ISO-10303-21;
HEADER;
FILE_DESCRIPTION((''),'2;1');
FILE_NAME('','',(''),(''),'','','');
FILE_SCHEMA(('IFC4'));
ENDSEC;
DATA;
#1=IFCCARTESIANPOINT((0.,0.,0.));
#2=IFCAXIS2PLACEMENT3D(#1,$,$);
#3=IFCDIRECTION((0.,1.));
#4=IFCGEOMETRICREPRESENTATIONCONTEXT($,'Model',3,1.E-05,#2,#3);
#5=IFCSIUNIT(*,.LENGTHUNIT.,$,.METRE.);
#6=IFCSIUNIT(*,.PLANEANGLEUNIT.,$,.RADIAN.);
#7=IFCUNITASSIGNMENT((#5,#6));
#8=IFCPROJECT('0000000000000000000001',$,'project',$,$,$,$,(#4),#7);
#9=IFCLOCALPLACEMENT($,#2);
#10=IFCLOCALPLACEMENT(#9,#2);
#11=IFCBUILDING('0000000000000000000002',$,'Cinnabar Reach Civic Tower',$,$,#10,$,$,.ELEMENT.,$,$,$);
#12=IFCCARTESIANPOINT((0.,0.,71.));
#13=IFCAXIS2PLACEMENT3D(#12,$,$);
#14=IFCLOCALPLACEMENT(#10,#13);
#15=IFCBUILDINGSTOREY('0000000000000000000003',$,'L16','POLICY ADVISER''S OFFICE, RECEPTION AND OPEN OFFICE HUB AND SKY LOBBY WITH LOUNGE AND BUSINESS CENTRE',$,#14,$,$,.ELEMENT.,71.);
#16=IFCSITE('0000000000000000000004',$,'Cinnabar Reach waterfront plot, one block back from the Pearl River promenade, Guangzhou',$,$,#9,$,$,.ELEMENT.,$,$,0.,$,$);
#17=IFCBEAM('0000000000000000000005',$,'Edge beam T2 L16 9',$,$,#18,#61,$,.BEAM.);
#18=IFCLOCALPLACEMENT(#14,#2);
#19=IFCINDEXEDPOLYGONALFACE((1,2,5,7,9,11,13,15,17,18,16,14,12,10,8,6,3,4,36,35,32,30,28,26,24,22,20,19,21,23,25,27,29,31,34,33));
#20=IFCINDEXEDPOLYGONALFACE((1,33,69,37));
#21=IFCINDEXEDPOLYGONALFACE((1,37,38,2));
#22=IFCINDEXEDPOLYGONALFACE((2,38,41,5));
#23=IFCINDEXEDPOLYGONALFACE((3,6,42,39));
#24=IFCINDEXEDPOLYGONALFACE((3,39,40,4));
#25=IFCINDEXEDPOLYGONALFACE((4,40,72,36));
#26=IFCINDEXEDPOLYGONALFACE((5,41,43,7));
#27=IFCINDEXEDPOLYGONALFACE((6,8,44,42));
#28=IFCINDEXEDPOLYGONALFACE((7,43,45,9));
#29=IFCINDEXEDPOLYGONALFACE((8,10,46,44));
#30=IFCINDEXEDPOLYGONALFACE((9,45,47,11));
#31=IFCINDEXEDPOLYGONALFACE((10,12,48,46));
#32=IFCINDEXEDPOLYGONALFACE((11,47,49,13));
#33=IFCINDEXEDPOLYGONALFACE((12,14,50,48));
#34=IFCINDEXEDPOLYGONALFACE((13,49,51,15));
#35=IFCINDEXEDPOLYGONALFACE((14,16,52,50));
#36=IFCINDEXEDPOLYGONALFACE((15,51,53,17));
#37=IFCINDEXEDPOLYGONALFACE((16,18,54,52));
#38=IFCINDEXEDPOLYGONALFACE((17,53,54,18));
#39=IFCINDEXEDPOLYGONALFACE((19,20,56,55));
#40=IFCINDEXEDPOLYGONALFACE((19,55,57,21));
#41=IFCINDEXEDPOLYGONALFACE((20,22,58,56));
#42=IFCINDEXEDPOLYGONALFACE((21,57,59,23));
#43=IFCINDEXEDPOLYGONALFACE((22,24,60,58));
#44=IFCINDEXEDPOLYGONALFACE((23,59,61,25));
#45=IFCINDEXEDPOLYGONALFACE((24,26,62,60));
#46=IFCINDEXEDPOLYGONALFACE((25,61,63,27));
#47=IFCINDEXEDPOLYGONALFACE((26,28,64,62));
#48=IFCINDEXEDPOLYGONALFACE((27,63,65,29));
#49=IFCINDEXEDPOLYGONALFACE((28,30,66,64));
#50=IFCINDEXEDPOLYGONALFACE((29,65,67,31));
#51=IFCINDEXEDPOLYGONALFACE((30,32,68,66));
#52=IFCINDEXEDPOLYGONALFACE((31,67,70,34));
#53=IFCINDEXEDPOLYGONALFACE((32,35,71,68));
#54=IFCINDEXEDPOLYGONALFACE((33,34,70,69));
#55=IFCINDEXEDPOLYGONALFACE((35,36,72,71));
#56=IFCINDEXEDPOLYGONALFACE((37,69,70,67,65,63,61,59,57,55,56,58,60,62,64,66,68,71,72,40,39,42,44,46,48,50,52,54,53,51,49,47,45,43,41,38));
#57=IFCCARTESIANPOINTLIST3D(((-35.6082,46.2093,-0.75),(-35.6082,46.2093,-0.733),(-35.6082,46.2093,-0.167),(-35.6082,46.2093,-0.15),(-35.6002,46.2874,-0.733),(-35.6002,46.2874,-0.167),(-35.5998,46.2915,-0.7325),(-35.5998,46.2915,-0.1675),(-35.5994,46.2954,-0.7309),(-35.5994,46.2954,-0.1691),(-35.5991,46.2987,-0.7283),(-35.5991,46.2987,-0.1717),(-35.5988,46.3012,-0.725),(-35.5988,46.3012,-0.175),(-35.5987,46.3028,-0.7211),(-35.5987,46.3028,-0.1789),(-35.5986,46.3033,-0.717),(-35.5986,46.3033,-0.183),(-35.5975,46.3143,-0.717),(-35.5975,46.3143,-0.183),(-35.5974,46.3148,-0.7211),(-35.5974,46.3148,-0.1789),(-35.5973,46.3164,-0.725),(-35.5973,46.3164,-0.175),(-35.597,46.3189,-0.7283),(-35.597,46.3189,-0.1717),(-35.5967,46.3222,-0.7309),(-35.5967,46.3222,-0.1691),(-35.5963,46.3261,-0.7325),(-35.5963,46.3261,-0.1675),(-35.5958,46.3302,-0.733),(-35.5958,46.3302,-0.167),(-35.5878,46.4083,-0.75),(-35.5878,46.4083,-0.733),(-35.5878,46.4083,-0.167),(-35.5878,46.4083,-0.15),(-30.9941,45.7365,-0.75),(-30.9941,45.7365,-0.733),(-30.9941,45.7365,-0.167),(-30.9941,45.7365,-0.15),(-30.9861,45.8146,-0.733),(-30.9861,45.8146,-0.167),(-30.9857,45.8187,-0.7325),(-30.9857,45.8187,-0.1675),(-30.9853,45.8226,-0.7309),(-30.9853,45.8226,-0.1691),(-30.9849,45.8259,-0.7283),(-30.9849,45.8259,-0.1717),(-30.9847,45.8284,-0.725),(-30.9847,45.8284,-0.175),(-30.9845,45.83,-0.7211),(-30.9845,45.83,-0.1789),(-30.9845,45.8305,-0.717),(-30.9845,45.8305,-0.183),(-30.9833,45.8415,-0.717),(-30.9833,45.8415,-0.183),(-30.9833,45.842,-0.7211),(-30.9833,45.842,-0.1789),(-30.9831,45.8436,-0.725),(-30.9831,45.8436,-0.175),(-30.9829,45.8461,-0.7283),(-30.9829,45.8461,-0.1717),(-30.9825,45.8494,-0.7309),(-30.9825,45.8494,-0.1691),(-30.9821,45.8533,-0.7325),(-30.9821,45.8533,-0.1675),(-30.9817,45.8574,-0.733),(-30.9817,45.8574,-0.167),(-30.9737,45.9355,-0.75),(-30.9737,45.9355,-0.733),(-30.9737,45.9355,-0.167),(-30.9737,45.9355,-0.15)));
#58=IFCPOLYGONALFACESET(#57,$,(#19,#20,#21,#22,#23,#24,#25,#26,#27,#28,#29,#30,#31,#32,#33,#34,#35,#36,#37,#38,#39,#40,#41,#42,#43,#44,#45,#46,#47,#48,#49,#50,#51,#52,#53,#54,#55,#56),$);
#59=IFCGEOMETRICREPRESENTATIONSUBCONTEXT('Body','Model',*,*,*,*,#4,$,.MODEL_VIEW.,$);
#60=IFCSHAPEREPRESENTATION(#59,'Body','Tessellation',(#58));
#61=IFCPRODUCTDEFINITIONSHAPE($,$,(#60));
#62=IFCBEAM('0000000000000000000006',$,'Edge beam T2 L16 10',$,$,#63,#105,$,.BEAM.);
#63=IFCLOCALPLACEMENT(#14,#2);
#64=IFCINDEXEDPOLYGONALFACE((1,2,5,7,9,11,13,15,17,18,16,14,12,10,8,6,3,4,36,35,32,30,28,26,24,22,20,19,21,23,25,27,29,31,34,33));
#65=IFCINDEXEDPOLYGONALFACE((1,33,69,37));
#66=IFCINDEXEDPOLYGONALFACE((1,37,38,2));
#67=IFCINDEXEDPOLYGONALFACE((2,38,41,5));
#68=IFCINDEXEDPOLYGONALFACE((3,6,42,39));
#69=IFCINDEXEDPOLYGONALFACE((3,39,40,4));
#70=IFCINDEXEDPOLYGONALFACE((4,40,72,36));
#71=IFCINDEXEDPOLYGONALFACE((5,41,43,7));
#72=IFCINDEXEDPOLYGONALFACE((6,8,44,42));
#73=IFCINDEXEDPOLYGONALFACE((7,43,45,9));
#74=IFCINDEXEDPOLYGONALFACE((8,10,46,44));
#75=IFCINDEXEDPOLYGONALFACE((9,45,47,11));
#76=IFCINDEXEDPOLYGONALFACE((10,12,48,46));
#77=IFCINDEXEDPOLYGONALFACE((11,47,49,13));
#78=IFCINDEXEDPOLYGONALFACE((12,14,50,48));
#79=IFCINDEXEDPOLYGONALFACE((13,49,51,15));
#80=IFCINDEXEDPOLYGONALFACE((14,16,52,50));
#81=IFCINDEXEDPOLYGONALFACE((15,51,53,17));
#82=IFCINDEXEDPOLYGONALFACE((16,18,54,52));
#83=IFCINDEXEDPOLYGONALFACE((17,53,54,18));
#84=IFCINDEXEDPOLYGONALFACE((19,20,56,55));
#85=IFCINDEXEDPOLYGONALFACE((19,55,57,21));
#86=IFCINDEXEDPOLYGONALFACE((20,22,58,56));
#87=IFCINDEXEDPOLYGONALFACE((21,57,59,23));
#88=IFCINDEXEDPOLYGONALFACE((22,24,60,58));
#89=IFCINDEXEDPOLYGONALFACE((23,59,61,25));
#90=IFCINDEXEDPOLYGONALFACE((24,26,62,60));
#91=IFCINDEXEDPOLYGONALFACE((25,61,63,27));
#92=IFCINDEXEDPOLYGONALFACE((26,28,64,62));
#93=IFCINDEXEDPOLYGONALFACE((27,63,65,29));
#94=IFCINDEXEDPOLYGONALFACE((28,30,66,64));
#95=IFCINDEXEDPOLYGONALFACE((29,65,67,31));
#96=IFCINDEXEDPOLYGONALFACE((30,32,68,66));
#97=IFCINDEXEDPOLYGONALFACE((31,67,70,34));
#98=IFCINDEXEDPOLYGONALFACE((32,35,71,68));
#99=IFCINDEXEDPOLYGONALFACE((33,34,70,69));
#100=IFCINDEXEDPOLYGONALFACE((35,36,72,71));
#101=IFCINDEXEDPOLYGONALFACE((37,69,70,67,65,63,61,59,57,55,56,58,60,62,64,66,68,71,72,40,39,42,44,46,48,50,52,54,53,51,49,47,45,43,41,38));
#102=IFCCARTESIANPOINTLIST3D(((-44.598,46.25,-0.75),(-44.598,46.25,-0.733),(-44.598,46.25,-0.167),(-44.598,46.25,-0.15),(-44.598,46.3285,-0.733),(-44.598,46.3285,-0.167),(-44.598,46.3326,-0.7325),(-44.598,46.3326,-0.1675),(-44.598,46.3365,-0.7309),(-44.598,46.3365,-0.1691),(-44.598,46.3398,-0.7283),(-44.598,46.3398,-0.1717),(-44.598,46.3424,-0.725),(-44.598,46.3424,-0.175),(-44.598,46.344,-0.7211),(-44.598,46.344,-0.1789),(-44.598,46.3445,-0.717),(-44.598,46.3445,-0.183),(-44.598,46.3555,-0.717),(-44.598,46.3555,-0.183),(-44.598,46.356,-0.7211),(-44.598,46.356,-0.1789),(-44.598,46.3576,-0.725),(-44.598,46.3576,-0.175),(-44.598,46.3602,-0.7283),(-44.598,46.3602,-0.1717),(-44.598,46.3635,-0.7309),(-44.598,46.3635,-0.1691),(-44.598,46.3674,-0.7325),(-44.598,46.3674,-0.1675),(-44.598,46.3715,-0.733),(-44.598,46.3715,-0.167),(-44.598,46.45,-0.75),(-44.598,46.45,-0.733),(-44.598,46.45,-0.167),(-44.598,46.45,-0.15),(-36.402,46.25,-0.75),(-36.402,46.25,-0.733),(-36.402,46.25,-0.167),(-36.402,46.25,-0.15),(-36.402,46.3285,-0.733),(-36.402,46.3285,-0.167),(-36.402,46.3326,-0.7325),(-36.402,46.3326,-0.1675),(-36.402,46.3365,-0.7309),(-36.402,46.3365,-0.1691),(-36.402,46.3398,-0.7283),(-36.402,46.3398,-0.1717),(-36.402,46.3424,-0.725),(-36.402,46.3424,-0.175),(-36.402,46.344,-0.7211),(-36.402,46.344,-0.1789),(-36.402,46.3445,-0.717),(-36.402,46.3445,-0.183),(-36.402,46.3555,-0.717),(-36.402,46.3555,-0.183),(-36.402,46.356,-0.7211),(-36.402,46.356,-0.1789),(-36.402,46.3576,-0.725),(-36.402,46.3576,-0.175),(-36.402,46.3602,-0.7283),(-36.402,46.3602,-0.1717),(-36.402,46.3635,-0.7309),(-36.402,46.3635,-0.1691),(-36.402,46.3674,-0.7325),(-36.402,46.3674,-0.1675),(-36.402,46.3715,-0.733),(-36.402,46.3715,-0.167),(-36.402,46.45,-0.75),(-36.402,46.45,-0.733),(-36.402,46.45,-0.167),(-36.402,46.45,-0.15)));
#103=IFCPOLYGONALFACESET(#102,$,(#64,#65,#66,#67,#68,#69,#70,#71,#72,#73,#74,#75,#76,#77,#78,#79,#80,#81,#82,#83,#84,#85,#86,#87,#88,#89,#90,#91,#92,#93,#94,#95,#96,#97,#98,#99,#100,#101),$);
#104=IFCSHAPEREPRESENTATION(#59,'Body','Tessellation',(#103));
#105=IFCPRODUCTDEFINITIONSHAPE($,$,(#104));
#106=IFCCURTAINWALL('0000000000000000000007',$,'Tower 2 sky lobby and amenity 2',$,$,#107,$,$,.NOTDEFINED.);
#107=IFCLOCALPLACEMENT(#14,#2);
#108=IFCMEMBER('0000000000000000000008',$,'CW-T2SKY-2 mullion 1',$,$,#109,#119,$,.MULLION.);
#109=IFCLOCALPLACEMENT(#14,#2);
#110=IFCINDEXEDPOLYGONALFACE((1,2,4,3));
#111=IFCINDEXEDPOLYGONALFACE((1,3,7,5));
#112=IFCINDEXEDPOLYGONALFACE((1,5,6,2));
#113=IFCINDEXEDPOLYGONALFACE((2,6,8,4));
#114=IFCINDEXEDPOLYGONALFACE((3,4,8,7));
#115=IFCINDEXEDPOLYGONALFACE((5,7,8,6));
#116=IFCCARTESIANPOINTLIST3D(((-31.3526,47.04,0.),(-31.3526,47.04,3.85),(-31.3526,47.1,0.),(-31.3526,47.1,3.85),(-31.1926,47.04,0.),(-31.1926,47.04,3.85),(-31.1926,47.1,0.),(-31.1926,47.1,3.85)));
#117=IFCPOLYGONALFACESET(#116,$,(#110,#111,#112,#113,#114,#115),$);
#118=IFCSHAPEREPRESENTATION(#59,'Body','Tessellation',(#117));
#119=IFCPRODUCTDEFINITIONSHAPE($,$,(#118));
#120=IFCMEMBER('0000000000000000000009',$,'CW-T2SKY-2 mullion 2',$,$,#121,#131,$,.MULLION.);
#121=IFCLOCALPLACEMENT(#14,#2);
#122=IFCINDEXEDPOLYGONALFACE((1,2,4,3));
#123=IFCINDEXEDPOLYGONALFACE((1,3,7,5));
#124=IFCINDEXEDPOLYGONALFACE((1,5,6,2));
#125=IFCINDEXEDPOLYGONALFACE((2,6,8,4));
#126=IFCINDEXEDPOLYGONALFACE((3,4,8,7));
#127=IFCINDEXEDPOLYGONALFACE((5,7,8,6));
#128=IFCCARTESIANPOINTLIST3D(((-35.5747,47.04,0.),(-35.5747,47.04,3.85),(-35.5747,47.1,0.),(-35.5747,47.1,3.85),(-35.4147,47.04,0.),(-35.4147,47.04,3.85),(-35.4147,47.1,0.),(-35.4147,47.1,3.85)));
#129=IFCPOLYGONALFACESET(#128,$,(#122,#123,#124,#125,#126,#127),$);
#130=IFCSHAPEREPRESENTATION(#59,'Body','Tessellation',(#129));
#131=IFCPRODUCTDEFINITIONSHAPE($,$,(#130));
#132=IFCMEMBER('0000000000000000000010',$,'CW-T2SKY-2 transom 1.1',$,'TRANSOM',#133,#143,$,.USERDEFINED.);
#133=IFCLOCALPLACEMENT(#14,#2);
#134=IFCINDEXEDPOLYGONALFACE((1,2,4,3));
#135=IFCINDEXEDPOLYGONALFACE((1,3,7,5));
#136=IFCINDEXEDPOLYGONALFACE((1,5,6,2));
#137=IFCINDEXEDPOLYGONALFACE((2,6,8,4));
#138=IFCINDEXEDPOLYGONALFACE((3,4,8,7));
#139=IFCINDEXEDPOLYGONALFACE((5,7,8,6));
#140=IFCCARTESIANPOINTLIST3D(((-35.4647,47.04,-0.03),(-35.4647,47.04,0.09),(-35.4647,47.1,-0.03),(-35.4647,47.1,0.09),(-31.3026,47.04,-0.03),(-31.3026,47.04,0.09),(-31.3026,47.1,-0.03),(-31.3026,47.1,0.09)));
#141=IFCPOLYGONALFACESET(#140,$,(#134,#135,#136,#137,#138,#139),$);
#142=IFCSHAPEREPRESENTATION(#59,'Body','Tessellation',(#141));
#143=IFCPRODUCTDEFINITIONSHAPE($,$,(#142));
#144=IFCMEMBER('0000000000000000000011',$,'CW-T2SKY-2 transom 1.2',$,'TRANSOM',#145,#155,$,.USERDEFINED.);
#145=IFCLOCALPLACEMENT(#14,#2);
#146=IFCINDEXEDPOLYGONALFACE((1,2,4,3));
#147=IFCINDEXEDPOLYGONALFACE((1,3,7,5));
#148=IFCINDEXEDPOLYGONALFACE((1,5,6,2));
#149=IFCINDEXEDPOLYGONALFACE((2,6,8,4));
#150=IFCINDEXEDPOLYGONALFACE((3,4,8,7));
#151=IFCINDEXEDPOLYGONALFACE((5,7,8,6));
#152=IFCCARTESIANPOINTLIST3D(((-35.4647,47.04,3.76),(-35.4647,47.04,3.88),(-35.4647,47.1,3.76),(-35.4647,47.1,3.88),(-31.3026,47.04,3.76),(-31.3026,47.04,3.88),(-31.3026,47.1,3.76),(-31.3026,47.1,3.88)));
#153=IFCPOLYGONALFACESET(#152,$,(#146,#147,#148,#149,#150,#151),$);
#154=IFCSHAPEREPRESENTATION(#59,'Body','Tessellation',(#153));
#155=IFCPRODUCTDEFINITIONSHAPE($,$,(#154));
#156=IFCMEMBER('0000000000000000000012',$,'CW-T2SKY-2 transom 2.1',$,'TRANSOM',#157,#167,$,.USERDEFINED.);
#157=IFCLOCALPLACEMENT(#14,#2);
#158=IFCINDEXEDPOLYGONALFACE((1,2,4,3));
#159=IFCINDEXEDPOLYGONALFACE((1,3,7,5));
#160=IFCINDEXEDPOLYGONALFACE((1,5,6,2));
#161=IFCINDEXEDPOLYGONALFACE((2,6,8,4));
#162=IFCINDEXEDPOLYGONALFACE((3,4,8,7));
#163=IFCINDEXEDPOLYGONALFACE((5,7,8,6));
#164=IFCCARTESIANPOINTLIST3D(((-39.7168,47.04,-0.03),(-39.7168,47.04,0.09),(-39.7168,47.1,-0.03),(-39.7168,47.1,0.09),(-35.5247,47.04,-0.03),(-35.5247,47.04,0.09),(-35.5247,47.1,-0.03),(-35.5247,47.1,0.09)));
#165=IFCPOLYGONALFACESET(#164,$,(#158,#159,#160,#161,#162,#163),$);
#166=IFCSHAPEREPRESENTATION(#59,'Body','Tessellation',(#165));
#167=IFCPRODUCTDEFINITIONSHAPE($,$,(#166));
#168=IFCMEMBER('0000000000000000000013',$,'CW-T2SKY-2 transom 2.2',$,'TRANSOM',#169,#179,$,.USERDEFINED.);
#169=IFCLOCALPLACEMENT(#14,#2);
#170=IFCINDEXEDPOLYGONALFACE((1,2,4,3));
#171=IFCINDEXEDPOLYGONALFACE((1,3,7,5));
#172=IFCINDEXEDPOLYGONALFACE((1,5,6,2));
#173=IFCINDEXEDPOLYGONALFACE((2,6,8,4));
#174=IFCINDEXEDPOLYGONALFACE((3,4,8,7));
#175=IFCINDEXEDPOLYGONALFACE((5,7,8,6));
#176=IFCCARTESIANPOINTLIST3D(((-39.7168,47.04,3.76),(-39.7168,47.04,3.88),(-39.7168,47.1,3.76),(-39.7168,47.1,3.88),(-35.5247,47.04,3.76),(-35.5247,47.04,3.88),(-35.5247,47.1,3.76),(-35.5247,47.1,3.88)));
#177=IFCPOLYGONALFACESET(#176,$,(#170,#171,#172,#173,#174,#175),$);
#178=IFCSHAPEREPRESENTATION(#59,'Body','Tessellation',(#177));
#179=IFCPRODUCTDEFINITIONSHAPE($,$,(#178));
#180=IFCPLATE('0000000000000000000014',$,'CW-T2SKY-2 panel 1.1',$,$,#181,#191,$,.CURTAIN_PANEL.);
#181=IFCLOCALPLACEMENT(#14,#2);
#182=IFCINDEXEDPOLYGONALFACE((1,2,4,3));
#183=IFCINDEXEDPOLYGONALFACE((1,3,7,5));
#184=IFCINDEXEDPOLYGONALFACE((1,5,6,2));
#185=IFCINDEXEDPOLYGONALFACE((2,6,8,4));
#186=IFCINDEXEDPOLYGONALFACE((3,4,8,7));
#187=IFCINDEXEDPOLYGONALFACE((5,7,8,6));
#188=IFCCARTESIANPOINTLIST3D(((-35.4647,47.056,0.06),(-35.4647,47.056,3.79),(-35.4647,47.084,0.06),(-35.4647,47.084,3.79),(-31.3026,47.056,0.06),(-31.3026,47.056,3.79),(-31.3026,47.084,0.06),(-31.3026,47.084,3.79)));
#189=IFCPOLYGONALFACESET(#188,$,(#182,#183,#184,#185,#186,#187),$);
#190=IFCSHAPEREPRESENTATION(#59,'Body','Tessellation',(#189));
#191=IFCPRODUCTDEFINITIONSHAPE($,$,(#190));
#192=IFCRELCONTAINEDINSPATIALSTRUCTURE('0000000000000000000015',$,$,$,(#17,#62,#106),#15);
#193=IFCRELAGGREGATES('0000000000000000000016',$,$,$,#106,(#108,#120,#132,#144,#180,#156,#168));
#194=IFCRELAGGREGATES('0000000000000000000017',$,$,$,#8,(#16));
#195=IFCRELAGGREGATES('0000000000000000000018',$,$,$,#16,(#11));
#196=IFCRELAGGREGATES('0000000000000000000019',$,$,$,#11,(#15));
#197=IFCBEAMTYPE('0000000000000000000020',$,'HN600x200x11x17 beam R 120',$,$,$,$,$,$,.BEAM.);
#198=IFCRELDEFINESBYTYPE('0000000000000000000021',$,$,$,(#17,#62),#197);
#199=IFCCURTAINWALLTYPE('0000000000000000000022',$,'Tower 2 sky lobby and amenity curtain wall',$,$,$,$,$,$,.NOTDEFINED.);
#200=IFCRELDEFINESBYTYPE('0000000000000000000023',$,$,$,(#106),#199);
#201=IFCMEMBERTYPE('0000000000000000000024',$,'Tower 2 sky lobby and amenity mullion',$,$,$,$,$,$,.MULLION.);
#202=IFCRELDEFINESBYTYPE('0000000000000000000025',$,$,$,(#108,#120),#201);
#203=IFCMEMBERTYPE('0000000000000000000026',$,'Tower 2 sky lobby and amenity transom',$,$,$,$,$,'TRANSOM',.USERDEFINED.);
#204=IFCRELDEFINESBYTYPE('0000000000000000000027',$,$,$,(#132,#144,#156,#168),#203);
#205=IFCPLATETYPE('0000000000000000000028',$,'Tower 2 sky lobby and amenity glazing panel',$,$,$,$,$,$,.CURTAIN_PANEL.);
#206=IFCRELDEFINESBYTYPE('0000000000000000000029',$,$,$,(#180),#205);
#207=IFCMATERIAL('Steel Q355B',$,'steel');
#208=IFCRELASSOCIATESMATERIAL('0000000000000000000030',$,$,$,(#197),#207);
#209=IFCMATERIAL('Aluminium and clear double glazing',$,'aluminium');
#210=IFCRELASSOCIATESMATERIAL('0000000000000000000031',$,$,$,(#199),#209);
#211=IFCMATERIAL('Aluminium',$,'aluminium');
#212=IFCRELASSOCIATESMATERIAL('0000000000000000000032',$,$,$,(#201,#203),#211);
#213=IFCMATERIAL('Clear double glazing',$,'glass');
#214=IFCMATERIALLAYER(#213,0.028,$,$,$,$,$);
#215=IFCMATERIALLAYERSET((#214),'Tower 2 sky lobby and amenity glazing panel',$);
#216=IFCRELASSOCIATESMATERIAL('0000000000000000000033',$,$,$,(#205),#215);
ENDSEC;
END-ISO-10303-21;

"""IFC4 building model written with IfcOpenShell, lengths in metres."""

from ifc_helpers import new_model, si_unit, direction, frame, origin, origin_2d, place, context, subcontext, project, spatial, rectangle, i_section, extrude, material, layer, layer_set, material_profile, profile_set, type_object, element, aggregate, save


model = new_model("IFC4")

# Units and contexts
model_context = context("Model", 3, precision=1e-05, world=origin(), true_north=direction((0.0, 1.0)))
body_context = subcontext(model_context, "Body", "Model", "MODEL_VIEW")
ifc_project = project(units=[si_unit("LENGTHUNIT", "METRE"), si_unit("PLANEANGLEUNIT", "RADIAN")], contexts=[model_context])

# Site, building, storey
site_placement = place(None, origin())
site = spatial("IfcSite", under=ifc_project, at=site_placement, Name="Cinnabar Reach waterfront plot, one block back from the Pearl River promenade, Guangzhou", CompositionType="ELEMENT", RefElevation=0.0)
building_placement = place(site_placement, origin())
building = spatial("IfcBuilding", under=site, at=building_placement, Name="Cinnabar Reach Civic Tower", CompositionType="ELEMENT")
storey_placement = place(building_placement, frame((0.0, 0.0, 71.0)))
storey = spatial("IfcBuildingStorey", under=building, at=storey_placement, Name="L16", Description="POLICY ADVISER'S OFFICE, RECEPTION AND OPEN OFFICE HUB AND SKY LOBBY WITH LOUNGE AND BUSINESS CENTRE", CompositionType="ELEMENT", Elevation=71.0)

# Beams
ifc_material_1 = material(Name="Steel Q355B", Category="steel")
ifc_material_profile_1 = material_profile(ifc_material_1, i_section(OverallWidth=0.2, OverallDepth=0.6, WebThickness=0.011, FlangeThickness=0.017, FilletRadius=0.016, at=origin_2d()), Name="HN600x200x11x17")
ifc_profile_set_1 = profile_set([ifc_material_profile_1], Name="Steel Q355B")
beam_type_1 = type_object("IfcBeamType", Name="HN600x200x11x17 beam R 120", PredefinedType="BEAM", material=ifc_profile_set_1)
beam_1_placement = place(storey_placement, frame((-30.9839, 45.836, -0.45), z_axis=(-0.994791, 0.101935, 0.0), x_axis=(-0.101935, -0.994791, 0.0)))
element("IfcBeam", 1, at=beam_1_placement, inside=storey, type_object=beam_type_1, Name="Edge beam T2 L16 9", PredefinedType="BEAM", context=body_context, shape_type="SweptSolid", body=[
    extrude(i_section(OverallWidth=0.2, OverallDepth=0.6, WebThickness=0.011, FlangeThickness=0.017, FilletRadius=0.016, at=origin_2d()), origin(), (0.0, 0.0, 1.0), 4.6383),
])
beam_2_placement = place(storey_placement, frame((-36.402, 46.35, -0.45), z_axis=(-1.0, 0.0, 0.0), x_axis=(0.0, -1.0, 0.0)))
element("IfcBeam", 2, at=beam_2_placement, inside=storey, type_object=beam_type_1, Name="Edge beam T2 L16 10", PredefinedType="BEAM", context=body_context, shape_type="SweptSolid", body=[
    extrude(i_section(OverallWidth=0.2, OverallDepth=0.6, WebThickness=0.011, FlangeThickness=0.017, FilletRadius=0.016, at=origin_2d()), origin(), (0.0, 0.0, 1.0), 8.196),
])

# Curtain wall, members, plate
ifc_material_2 = material(Name="Aluminium and clear double glazing", Category="aluminium")
curtain_wall_type = type_object("IfcCurtainWallType", Name="Tower 2 sky lobby and amenity curtain wall", PredefinedType="NOTDEFINED", material=ifc_material_2)
curtain_wall_placement = place(storey_placement, origin())
curtain_wall = element("IfcCurtainWall", 3, at=curtain_wall_placement, inside=storey, type_object=curtain_wall_type, Name="Tower 2 sky lobby and amenity 2", PredefinedType="NOTDEFINED")
ifc_material_3 = material(Name="Aluminium", Category="aluminium")
ifc_material_profile_2 = material_profile(ifc_material_3, rectangle(XDim=0.06, YDim=0.16, at=origin_2d()), Name="Tower 2 sky lobby and amenity mullion")
ifc_profile_set_2 = profile_set([ifc_material_profile_2], Name="Aluminium")
member_type_1 = type_object("IfcMemberType", Name="Tower 2 sky lobby and amenity mullion", PredefinedType="MULLION", material=ifc_profile_set_2)
member_1_placement = place(storey_placement, frame((-31.2726, 47.07, 0.0), z_axis=(0.0, 0.0, 1.0), x_axis=(0.0, -1.0, 0.0)))
member_1 = element("IfcMember", 4, at=member_1_placement, type_object=member_type_1, Name="CW-T2SKY-2 mullion 1", PredefinedType="MULLION", context=body_context, shape_type="SweptSolid", body=[
    extrude(rectangle(XDim=0.06, YDim=0.16, at=origin_2d()), origin(), (0.0, 0.0, 1.0), 3.85),
])
member_2_placement = place(storey_placement, frame((-35.4947, 47.07, 0.0), z_axis=(0.0, 0.0, 1.0), x_axis=(0.0, -1.0, 0.0)))
member_2 = element("IfcMember", 5, at=member_2_placement, type_object=member_type_1, Name="CW-T2SKY-2 mullion 2", PredefinedType="MULLION", context=body_context, shape_type="SweptSolid", body=[
    extrude(rectangle(XDim=0.06, YDim=0.16, at=origin_2d()), origin(), (0.0, 0.0, 1.0), 3.85),
])
ifc_material_profile_3 = material_profile(ifc_material_3, rectangle(XDim=0.06, YDim=0.12, at=origin_2d()), Name="Tower 2 sky lobby and amenity transom")
ifc_profile_set_3 = profile_set([ifc_material_profile_3], Name="Aluminium")
member_type_2 = type_object("IfcMemberType", Name="Tower 2 sky lobby and amenity transom", ElementType="TRANSOM", PredefinedType="USERDEFINED", material=ifc_profile_set_3)
member_3_placement = place(storey_placement, frame((-31.3026, 47.07, 0.03), z_axis=(-1.0, 0.0, 0.0), x_axis=(0.0, -1.0, 0.0)))
member_3 = element("IfcMember", 6, at=member_3_placement, type_object=member_type_2, Name="CW-T2SKY-2 transom 1.1", ObjectType="TRANSOM", PredefinedType="USERDEFINED", context=body_context, shape_type="SweptSolid", body=[
    extrude(rectangle(XDim=0.06, YDim=0.12, at=origin_2d()), origin(), (0.0, 0.0, 1.0), 4.1621),
])
member_4_placement = place(storey_placement, frame((-31.3026, 47.07, 3.82), z_axis=(-1.0, 0.0, 0.0), x_axis=(0.0, -1.0, 0.0)))
member_4 = element("IfcMember", 7, at=member_4_placement, type_object=member_type_2, Name="CW-T2SKY-2 transom 1.2", ObjectType="TRANSOM", PredefinedType="USERDEFINED", context=body_context, shape_type="SweptSolid", body=[
    extrude(rectangle(XDim=0.06, YDim=0.12, at=origin_2d()), origin(), (0.0, 0.0, 1.0), 4.1621),
])
member_5_placement = place(storey_placement, frame((-35.5247, 47.07, 0.03), z_axis=(-1.0, 0.0, 0.0), x_axis=(0.0, -1.0, 0.0)))
member_5 = element("IfcMember", 8, at=member_5_placement, type_object=member_type_2, Name="CW-T2SKY-2 transom 2.1", ObjectType="TRANSOM", PredefinedType="USERDEFINED", context=body_context, shape_type="SweptSolid", body=[
    extrude(rectangle(XDim=0.06, YDim=0.12, at=origin_2d()), origin(), (0.0, 0.0, 1.0), 4.1921),
])
member_6_placement = place(storey_placement, frame((-35.5247, 47.07, 3.82), z_axis=(-1.0, 0.0, 0.0), x_axis=(0.0, -1.0, 0.0)))
member_6 = element("IfcMember", 9, at=member_6_placement, type_object=member_type_2, Name="CW-T2SKY-2 transom 2.2", ObjectType="TRANSOM", PredefinedType="USERDEFINED", context=body_context, shape_type="SweptSolid", body=[
    extrude(rectangle(XDim=0.06, YDim=0.12, at=origin_2d()), origin(), (0.0, 0.0, 1.0), 4.1921),
])
ifc_material_4 = material(Name="Clear double glazing", Category="glass")
ifc_layer_1 = layer(ifc_material_4, 0.028)
ifc_layer_set_1 = layer_set([ifc_layer_1], Name="Tower 2 sky lobby and amenity glazing panel")
plate_type = type_object("IfcPlateType", Name="Tower 2 sky lobby and amenity glazing panel", PredefinedType="CURTAIN_PANEL", material=ifc_layer_set_1)
plate_placement = place(storey_placement, frame((-33.3837, 47.07, 0.06), z_axis=(0.0, 0.0, 1.0), x_axis=(-1.0, 0.0, 0.0)))
plate = element("IfcPlate", 10, at=plate_placement, type_object=plate_type, Name="CW-T2SKY-2 panel 1.1", PredefinedType="CURTAIN_PANEL", context=body_context, shape_type="SweptSolid", body=[
    extrude(rectangle(XDim=4.1621, YDim=0.028, at=origin_2d()), origin(), (0.0, 0.0, 1.0), 3.73),
])
aggregate(curtain_wall, [member_1, member_2, member_3, member_4, plate, member_5, member_6])

save(model, "model.ifc")
